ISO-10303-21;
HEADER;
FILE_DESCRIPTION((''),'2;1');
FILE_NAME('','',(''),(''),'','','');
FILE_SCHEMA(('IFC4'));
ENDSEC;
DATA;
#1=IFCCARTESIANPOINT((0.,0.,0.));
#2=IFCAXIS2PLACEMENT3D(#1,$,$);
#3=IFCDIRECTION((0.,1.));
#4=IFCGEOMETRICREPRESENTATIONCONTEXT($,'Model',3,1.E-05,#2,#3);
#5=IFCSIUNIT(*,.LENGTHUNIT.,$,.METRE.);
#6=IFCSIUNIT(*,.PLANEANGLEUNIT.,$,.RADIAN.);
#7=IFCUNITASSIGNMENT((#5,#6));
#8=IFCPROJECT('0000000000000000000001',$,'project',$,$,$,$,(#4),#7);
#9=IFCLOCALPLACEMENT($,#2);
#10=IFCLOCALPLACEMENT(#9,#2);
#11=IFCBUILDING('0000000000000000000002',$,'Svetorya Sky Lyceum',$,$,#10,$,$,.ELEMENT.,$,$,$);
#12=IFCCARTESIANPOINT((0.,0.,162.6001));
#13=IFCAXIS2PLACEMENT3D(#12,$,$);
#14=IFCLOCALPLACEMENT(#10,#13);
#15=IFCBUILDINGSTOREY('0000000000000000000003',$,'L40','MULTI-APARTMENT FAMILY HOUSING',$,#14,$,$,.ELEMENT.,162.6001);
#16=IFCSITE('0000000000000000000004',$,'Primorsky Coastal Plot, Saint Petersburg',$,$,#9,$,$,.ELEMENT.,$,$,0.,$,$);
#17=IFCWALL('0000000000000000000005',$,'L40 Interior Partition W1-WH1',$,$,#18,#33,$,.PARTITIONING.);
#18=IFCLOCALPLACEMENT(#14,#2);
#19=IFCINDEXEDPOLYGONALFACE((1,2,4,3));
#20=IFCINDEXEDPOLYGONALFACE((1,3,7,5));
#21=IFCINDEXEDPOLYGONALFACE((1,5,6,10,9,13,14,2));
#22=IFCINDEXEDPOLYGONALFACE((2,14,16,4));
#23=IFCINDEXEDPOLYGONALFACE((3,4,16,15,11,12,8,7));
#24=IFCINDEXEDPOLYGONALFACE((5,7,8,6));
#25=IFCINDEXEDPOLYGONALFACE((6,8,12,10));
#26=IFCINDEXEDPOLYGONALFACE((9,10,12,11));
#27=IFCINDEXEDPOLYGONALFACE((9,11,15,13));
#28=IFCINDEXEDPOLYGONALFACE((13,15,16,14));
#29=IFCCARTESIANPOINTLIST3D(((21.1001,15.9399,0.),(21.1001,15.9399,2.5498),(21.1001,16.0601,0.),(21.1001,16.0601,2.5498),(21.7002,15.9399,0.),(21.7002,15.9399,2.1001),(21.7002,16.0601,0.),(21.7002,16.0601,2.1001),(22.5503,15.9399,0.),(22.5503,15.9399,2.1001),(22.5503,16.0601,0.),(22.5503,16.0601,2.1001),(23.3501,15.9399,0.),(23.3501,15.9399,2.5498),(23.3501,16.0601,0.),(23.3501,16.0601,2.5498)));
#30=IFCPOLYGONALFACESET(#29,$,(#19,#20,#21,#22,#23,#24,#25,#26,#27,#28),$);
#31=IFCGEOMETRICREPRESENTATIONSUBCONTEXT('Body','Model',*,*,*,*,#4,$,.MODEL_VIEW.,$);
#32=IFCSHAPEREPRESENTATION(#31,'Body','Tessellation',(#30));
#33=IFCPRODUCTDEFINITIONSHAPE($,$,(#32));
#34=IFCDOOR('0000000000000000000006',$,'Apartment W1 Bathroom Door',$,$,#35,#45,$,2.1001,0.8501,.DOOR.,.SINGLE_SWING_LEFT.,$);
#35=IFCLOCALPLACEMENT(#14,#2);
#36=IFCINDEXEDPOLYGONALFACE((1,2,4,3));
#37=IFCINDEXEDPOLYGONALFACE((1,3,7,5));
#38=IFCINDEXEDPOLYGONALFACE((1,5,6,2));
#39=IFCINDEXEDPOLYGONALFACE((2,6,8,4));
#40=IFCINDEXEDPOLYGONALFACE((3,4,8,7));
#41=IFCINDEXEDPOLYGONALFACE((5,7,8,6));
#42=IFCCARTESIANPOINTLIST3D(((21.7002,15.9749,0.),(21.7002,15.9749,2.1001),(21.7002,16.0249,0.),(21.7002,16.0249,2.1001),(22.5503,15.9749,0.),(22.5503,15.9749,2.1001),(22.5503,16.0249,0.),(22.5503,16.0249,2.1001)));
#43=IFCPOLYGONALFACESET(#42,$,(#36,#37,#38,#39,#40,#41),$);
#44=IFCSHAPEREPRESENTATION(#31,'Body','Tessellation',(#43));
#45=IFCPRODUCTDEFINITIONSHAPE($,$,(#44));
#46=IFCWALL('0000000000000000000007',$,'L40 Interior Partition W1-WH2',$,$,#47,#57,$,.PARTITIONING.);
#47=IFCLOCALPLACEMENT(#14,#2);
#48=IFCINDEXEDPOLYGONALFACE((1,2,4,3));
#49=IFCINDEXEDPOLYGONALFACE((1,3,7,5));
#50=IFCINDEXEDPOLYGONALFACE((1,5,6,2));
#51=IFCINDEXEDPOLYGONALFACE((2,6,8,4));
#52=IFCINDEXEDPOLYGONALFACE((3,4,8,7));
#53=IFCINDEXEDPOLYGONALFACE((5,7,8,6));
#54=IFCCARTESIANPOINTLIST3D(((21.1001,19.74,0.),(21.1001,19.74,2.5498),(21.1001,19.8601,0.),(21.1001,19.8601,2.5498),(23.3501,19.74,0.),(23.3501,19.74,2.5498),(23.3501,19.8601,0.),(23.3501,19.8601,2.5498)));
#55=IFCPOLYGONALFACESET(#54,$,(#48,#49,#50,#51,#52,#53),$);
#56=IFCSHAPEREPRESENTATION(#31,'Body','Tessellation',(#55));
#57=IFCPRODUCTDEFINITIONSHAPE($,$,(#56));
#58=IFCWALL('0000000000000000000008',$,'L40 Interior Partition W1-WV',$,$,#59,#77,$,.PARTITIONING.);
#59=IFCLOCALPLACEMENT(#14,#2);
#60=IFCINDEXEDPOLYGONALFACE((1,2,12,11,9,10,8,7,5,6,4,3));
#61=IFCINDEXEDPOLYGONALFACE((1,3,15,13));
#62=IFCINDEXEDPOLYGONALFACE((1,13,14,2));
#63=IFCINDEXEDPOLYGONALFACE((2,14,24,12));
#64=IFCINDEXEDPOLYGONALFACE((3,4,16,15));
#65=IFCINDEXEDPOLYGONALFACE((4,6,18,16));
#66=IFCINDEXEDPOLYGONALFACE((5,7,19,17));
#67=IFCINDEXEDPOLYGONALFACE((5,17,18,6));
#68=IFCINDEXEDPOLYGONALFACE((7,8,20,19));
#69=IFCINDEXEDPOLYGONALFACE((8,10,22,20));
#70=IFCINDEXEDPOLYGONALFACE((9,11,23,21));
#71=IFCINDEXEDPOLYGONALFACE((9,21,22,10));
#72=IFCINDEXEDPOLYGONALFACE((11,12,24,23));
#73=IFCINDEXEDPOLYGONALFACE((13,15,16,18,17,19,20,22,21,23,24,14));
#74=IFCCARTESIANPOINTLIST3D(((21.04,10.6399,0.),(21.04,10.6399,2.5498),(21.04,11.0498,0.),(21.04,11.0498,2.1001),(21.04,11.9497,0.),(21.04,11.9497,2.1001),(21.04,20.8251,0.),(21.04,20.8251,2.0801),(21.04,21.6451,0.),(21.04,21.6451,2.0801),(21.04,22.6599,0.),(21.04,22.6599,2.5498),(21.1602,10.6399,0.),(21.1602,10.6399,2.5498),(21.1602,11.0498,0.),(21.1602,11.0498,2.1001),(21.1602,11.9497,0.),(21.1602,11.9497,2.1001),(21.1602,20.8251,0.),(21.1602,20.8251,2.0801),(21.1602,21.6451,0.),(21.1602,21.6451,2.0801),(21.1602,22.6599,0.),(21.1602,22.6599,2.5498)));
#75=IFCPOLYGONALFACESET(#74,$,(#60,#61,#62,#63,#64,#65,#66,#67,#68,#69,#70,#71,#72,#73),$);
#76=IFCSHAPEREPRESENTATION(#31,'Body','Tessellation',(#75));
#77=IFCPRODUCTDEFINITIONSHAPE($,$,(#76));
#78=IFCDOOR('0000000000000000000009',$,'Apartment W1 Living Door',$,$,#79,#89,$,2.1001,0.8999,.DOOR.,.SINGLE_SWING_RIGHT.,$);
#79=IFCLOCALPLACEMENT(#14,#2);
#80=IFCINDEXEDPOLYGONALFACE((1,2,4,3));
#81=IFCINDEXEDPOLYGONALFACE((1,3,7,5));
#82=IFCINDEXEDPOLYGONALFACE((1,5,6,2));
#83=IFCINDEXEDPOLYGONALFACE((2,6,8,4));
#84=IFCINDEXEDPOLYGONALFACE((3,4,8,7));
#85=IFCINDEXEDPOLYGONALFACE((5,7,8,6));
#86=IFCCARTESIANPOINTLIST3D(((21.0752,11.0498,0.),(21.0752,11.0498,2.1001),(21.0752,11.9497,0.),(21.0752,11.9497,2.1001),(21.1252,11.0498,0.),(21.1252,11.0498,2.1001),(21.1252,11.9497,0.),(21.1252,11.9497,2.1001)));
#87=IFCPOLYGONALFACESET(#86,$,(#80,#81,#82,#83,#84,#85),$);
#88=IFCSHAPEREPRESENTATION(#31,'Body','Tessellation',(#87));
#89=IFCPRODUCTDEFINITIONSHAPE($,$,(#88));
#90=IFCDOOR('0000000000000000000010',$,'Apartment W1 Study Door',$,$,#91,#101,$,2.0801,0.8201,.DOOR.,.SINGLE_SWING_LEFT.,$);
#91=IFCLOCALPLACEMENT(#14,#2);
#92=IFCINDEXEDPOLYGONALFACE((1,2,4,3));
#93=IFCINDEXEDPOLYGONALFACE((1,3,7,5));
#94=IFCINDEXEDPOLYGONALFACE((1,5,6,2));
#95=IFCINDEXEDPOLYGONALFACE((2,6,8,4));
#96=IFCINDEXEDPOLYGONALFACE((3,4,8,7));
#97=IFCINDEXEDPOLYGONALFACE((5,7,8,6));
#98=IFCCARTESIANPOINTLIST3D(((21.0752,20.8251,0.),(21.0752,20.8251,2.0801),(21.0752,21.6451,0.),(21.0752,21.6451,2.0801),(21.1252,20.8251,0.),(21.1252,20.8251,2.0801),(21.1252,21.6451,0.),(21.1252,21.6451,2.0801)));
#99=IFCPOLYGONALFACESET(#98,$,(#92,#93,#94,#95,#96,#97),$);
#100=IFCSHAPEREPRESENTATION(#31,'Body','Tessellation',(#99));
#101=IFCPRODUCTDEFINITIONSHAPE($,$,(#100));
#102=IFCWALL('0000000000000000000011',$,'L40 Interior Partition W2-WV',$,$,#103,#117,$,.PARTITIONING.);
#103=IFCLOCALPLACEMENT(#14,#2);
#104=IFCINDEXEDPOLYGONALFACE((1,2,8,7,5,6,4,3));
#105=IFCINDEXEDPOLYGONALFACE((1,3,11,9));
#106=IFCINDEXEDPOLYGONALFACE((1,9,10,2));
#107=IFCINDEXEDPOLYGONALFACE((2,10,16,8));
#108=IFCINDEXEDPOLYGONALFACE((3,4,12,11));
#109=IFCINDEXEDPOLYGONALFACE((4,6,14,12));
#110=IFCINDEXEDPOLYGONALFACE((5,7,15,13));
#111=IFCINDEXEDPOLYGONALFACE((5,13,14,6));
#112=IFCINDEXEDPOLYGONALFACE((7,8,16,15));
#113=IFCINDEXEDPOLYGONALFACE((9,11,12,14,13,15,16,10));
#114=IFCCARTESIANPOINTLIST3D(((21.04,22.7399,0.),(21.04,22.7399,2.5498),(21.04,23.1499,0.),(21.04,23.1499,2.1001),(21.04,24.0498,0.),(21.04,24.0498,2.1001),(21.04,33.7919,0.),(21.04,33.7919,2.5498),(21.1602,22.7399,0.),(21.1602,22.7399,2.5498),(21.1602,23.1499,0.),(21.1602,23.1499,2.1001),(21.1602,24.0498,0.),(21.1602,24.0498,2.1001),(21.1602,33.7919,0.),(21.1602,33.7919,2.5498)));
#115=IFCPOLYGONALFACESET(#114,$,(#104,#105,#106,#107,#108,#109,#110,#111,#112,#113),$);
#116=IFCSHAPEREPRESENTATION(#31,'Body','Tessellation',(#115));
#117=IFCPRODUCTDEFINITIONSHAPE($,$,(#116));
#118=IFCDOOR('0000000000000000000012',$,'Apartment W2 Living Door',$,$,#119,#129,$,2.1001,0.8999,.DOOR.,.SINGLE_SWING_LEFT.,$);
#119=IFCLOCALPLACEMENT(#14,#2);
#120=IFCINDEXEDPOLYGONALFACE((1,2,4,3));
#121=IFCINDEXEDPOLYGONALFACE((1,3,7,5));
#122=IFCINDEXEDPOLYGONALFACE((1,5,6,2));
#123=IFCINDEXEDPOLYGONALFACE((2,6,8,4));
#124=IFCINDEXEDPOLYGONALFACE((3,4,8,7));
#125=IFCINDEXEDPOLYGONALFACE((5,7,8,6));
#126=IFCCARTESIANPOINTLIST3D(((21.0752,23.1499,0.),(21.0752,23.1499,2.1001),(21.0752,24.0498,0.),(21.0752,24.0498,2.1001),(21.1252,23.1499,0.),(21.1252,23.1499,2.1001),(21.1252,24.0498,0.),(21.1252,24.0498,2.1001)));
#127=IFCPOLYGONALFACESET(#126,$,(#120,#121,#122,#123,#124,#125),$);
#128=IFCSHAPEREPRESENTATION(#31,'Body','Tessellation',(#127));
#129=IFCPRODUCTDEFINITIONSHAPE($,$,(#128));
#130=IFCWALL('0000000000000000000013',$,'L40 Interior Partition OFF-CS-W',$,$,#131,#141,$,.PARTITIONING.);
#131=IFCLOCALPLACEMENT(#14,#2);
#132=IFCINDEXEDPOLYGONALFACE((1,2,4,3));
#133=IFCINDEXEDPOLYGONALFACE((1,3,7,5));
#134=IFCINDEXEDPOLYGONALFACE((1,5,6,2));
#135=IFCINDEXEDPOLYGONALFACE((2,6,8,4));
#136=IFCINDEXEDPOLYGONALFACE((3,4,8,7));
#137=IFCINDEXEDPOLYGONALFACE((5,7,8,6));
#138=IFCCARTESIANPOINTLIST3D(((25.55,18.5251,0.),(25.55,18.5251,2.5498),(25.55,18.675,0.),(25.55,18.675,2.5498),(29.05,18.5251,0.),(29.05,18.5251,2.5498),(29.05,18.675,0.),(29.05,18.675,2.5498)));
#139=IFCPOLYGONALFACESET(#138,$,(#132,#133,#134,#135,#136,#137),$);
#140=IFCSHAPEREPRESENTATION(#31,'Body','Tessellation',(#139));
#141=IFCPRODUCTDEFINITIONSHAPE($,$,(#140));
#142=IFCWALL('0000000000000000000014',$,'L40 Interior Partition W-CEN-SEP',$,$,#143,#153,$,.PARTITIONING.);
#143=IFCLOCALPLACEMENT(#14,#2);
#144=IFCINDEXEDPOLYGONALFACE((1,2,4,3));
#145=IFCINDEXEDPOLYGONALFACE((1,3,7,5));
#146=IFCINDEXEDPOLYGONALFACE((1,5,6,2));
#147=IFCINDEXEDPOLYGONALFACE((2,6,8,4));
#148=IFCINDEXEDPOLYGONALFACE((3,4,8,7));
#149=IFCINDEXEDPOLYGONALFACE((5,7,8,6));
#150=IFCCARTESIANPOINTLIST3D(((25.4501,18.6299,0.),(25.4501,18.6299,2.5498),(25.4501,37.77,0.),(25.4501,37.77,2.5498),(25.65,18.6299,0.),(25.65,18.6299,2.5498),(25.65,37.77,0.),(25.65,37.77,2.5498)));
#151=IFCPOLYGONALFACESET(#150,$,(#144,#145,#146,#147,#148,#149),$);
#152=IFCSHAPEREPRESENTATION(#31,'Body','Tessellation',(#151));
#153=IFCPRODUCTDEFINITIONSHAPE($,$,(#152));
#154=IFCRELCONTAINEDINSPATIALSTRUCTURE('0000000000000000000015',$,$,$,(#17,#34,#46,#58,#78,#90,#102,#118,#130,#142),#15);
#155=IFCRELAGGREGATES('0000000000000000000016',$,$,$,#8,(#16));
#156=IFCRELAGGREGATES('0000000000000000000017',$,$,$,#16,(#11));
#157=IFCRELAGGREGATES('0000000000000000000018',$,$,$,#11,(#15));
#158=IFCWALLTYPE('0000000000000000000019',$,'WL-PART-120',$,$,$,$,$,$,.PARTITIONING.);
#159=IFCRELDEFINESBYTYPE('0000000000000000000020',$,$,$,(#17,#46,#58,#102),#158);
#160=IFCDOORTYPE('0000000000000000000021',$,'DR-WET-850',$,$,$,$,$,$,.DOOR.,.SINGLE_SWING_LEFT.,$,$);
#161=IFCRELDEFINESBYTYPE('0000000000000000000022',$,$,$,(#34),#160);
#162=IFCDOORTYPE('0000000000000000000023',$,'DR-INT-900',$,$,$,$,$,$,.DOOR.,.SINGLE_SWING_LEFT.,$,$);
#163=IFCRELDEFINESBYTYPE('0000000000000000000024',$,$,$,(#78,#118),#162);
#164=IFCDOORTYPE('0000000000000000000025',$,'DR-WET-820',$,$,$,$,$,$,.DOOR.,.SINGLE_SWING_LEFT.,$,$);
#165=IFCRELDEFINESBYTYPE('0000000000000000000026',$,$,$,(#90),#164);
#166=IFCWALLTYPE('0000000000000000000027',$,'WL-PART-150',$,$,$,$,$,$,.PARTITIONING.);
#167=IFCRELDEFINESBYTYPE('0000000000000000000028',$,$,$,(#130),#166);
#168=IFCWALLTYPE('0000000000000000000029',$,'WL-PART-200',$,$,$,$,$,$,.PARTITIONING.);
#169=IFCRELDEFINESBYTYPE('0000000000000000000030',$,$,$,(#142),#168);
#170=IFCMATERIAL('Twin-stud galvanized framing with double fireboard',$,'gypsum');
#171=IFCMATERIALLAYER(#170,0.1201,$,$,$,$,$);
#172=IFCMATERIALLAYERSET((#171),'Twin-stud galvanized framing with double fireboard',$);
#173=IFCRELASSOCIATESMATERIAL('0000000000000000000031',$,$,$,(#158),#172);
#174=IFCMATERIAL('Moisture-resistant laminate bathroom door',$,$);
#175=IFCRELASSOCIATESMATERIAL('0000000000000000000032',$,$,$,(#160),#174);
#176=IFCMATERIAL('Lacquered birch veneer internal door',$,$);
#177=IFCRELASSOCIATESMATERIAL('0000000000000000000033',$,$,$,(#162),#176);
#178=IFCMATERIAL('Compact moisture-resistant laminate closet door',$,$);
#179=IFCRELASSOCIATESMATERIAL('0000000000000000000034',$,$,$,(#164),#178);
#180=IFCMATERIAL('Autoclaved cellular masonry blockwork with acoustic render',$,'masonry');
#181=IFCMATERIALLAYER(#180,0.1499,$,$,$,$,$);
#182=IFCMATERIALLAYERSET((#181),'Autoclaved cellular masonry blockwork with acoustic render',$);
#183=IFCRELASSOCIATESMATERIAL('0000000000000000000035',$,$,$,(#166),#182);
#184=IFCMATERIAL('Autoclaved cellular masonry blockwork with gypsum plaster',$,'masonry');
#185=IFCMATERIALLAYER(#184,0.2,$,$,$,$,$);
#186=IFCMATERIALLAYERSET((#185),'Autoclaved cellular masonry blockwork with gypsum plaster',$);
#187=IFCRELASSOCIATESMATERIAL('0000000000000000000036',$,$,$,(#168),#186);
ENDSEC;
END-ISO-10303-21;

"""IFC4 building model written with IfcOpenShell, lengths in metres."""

from ifc_helpers import new_model, si_unit, direction, frame, frame_2d, origin, place, context, subcontext, project, spatial, rectangle, extrude, material, layer, layer_set, type_object, element, fill, save


model = new_model("IFC4")

# Units and contexts
model_context = context("Model", 3, precision=1e-05, world=origin(), true_north=direction((0.0, 1.0)))
body_context = subcontext(model_context, "Body", "Model", "MODEL_VIEW")
ifc_project = project(units=[si_unit("LENGTHUNIT", "METRE"), si_unit("PLANEANGLEUNIT", "RADIAN")], contexts=[model_context])

# Site, building, storey
site_placement = place(None, origin())
site = spatial("IfcSite", under=ifc_project, at=site_placement, Name="Primorsky Coastal Plot, Saint Petersburg", CompositionType="ELEMENT", RefElevation=0.0)
building_placement = place(site_placement, origin())
building = spatial("IfcBuilding", under=site, at=building_placement, Name="Svetorya Sky Lyceum", CompositionType="ELEMENT")
storey_placement = place(building_placement, frame((0.0, 0.0, 162.6001)))
storey = spatial("IfcBuildingStorey", under=building, at=storey_placement, Name="L40", Description="MULTI-APARTMENT FAMILY HOUSING", CompositionType="ELEMENT", Elevation=162.6001)

# Wall, opening, door
ifc_material_1 = material(Name="Twin-stud galvanized framing with double fireboard", Category="gypsum")
ifc_layer_1 = layer(ifc_material_1, 0.1201)
ifc_layer_set_1 = layer_set([ifc_layer_1], Name="Twin-stud galvanized framing with double fireboard")
wall_type_1 = type_object("IfcWallType", Name="WL-PART-120", PredefinedType="PARTITIONING", material=ifc_layer_set_1)
wall_1_placement = place(storey_placement, frame((21.1001, 16.0, 0.0), z_axis=(0.0, 0.0, 1.0), x_axis=(1.0, 0.0, 0.0)))
wall_1 = element("IfcWall", 1, at=wall_1_placement, inside=storey, type_object=wall_type_1, Name="L40 Interior Partition W1-WH1", PredefinedType="PARTITIONING", context=body_context, shape_type="SweptSolid", body=[
    extrude(rectangle(XDim=2.25, YDim=0.1201, at=frame_2d((1.125, 0.0))), origin(), (0.0, 0.0, 1.0), 2.5498),
])
opening_1_placement = place(wall_1_placement, frame((0.6001, 0.0, 0.0)))
opening_1 = element("IfcOpeningElement", 2, at=opening_1_placement, cuts=wall_1, PredefinedType="OPENING", context=body_context, shape_type="SweptSolid", body=[
    extrude(rectangle(XDim=0.8501, YDim=2.1001, at=frame_2d((0.425, 1.05))), frame((0.0, 0.0701, 0.0), z_axis=(0.0, -1.0, 0.0), x_axis=(1.0, 0.0, 0.0)), (0.0, 0.0, 1.0), 0.1401),
])
ifc_material_2 = material(Name="Moisture-resistant laminate bathroom door")
door_type_1 = type_object("IfcDoorType", Name="DR-WET-850", OperationType="SINGLE_SWING_LEFT", PredefinedType="DOOR", material=ifc_material_2)
door_1_placement = place(opening_1_placement, origin())
door_1 = element("IfcDoor", 3, at=door_1_placement, inside=storey, type_object=door_type_1, Name="Apartment W1 Bathroom Door", OperationType="SINGLE_SWING_LEFT", OverallHeight=2.1001, OverallWidth=0.8501, PredefinedType="DOOR", context=body_context, shape_type="SweptSolid", body=[
    extrude(rectangle(XDim=0.8501, YDim=2.1001, at=frame_2d((0.425, 1.05))), frame((0.0, 0.0249, 0.0), z_axis=(0.0, -1.0, 0.0), x_axis=(1.0, 0.0, 0.0)), (0.0, 0.0, 1.0), 0.05),
])
fill(opening_1, door_1)

# Wall
wall_2_placement = place(storey_placement, frame((21.1001, 19.8, 0.0), z_axis=(0.0, 0.0, 1.0), x_axis=(1.0, 0.0, 0.0)))
element("IfcWall", 4, at=wall_2_placement, inside=storey, type_object=wall_type_1, Name="L40 Interior Partition W1-WH2", PredefinedType="PARTITIONING", context=body_context, shape_type="SweptSolid", body=[
    extrude(rectangle(XDim=2.25, YDim=0.1201, at=frame_2d((1.125, 0.0))), origin(), (0.0, 0.0, 1.0), 2.5498),
])

# Wall, openings, doors
wall_3_placement = place(storey_placement, frame((21.1001, 10.6399, 0.0), z_axis=(0.0, 0.0, 1.0), x_axis=(0.0, 1.0, 0.0)))
wall_3 = element("IfcWall", 5, at=wall_3_placement, inside=storey, type_object=wall_type_1, Name="L40 Interior Partition W1-WV", PredefinedType="PARTITIONING", context=body_context, shape_type="SweptSolid", body=[
    extrude(rectangle(XDim=12.02, YDim=0.1201, at=frame_2d((6.01, 0.0))), origin(), (0.0, 0.0, 1.0), 2.5498),
])
opening_2_placement = place(wall_3_placement, frame((0.4099, 0.0, 0.0)))
opening_2 = element("IfcOpeningElement", 6, at=opening_2_placement, cuts=wall_3, PredefinedType="OPENING", context=body_context, shape_type="SweptSolid", body=[
    extrude(rectangle(XDim=0.8999, YDim=2.1001, at=frame_2d((0.45, 1.05))), frame((0.0, 0.0701, 0.0), z_axis=(0.0, -1.0, 0.0), x_axis=(1.0, 0.0, 0.0)), (0.0, 0.0, 1.0), 0.1401),
])
opening_3_placement = place(wall_3_placement, frame((10.1851, 0.0, 0.0)))
opening_3 = element("IfcOpeningElement", 7, at=opening_3_placement, cuts=wall_3, PredefinedType="OPENING", context=body_context, shape_type="SweptSolid", body=[
    extrude(rectangle(XDim=0.8201, YDim=2.0801, at=frame_2d((0.4102, 1.04))), frame((0.0, 0.0701, 0.0), z_axis=(0.0, -1.0, 0.0), x_axis=(1.0, 0.0, 0.0)), (0.0, 0.0, 1.0), 0.1401),
])
ifc_material_3 = material(Name="Lacquered birch veneer internal door")
door_type_2 = type_object("IfcDoorType", Name="DR-INT-900", OperationType="SINGLE_SWING_LEFT", PredefinedType="DOOR", material=ifc_material_3)
door_2_placement = place(opening_2_placement, origin())
door_2 = element("IfcDoor", 8, at=door_2_placement, inside=storey, type_object=door_type_2, Name="Apartment W1 Living Door", OperationType="SINGLE_SWING_RIGHT", OverallHeight=2.1001, OverallWidth=0.8999, PredefinedType="DOOR", context=body_context, shape_type="SweptSolid", body=[
    extrude(rectangle(XDim=0.8999, YDim=2.1001, at=frame_2d((0.45, 1.05))), frame((0.0, 0.0249, 0.0), z_axis=(0.0, -1.0, 0.0), x_axis=(1.0, 0.0, 0.0)), (0.0, 0.0, 1.0), 0.05),
])
fill(opening_2, door_2)
ifc_material_4 = material(Name="Compact moisture-resistant laminate closet door")
door_type_3 = type_object("IfcDoorType", Name="DR-WET-820", OperationType="SINGLE_SWING_LEFT", PredefinedType="DOOR", material=ifc_material_4)
door_3_placement = place(opening_3_placement, origin())
door_3 = element("IfcDoor", 9, at=door_3_placement, inside=storey, type_object=door_type_3, Name="Apartment W1 Study Door", OperationType="SINGLE_SWING_LEFT", OverallHeight=2.0801, OverallWidth=0.8201, PredefinedType="DOOR", context=body_context, shape_type="SweptSolid", body=[
    extrude(rectangle(XDim=0.8201, YDim=2.0801, at=frame_2d((0.4102, 1.04))), frame((0.0, 0.0249, 0.0), z_axis=(0.0, -1.0, 0.0), x_axis=(1.0, 0.0, 0.0)), (0.0, 0.0, 1.0), 0.05),
])
fill(opening_3, door_3)

# Wall, opening, door
wall_4_placement = place(storey_placement, frame((21.1001, 22.74, 0.0), z_axis=(0.0, 0.0, 1.0), x_axis=(0.0, 1.0, 0.0)))
wall_4 = element("IfcWall", 10, at=wall_4_placement, inside=storey, type_object=wall_type_1, Name="L40 Interior Partition W2-WV", PredefinedType="PARTITIONING", context=body_context, shape_type="SweptSolid", body=[
    extrude(rectangle(XDim=11.052, YDim=0.1201, at=frame_2d((5.5259, 0.0))), origin(), (0.0, 0.0, 1.0), 2.5498),
])
opening_4_placement = place(wall_4_placement, frame((0.4099, 0.0, 0.0)))
opening_4 = element("IfcOpeningElement", 11, at=opening_4_placement, cuts=wall_4, PredefinedType="OPENING", context=body_context, shape_type="SweptSolid", body=[
    extrude(rectangle(XDim=0.8999, YDim=2.1001, at=frame_2d((0.45, 1.05))), frame((0.0, 0.0701, 0.0), z_axis=(0.0, -1.0, 0.0), x_axis=(1.0, 0.0, 0.0)), (0.0, 0.0, 1.0), 0.1401),
])
door_4_placement = place(opening_4_placement, origin())
door_4 = element("IfcDoor", 12, at=door_4_placement, inside=storey, type_object=door_type_2, Name="Apartment W2 Living Door", OperationType="SINGLE_SWING_LEFT", OverallHeight=2.1001, OverallWidth=0.8999, PredefinedType="DOOR", context=body_context, shape_type="SweptSolid", body=[
    extrude(rectangle(XDim=0.8999, YDim=2.1001, at=frame_2d((0.45, 1.05))), frame((0.0, 0.0249, 0.0), z_axis=(0.0, -1.0, 0.0), x_axis=(1.0, 0.0, 0.0)), (0.0, 0.0, 1.0), 0.05),
])
fill(opening_4, door_4)

# Walls
ifc_material_5 = material(Name="Autoclaved cellular masonry blockwork with acoustic render", Category="masonry")
ifc_layer_2 = layer(ifc_material_5, 0.1499)
ifc_layer_set_2 = layer_set([ifc_layer_2], Name="Autoclaved cellular masonry blockwork with acoustic render")
wall_type_2 = type_object("IfcWallType", Name="WL-PART-150", PredefinedType="PARTITIONING", material=ifc_layer_set_2)
wall_5_placement = place(storey_placement, frame((25.55, 18.6001, 0.0), z_axis=(0.0, 0.0, 1.0), x_axis=(1.0, 0.0, 0.0)))
element("IfcWall", 13, at=wall_5_placement, inside=storey, type_object=wall_type_2, Name="L40 Interior Partition OFF-CS-W", PredefinedType="PARTITIONING", context=body_context, shape_type="SweptSolid", body=[
    extrude(rectangle(XDim=3.5, YDim=0.1499, at=frame_2d((1.75, 0.0))), origin(), (0.0, 0.0, 1.0), 2.5498),
])
ifc_material_6 = material(Name="Autoclaved cellular masonry blockwork with gypsum plaster", Category="masonry")
ifc_layer_3 = layer(ifc_material_6, 0.2)
ifc_layer_set_3 = layer_set([ifc_layer_3], Name="Autoclaved cellular masonry blockwork with gypsum plaster")
wall_type_3 = type_object("IfcWallType", Name="WL-PART-200", PredefinedType="PARTITIONING", material=ifc_layer_set_3)
wall_6_placement = place(storey_placement, frame((25.55, 18.6299, 0.0), z_axis=(0.0, 0.0, 1.0), x_axis=(0.0, 1.0, 0.0)))
element("IfcWall", 14, at=wall_6_placement, inside=storey, type_object=wall_type_3, Name="L40 Interior Partition W-CEN-SEP", PredefinedType="PARTITIONING", context=body_context, shape_type="SweptSolid", body=[
    extrude(rectangle(XDim=19.1401, YDim=0.2, at=frame_2d((9.5701, 0.0))), origin(), (0.0, 0.0, 1.0), 2.5498),
])

save(model, "model.ifc")
